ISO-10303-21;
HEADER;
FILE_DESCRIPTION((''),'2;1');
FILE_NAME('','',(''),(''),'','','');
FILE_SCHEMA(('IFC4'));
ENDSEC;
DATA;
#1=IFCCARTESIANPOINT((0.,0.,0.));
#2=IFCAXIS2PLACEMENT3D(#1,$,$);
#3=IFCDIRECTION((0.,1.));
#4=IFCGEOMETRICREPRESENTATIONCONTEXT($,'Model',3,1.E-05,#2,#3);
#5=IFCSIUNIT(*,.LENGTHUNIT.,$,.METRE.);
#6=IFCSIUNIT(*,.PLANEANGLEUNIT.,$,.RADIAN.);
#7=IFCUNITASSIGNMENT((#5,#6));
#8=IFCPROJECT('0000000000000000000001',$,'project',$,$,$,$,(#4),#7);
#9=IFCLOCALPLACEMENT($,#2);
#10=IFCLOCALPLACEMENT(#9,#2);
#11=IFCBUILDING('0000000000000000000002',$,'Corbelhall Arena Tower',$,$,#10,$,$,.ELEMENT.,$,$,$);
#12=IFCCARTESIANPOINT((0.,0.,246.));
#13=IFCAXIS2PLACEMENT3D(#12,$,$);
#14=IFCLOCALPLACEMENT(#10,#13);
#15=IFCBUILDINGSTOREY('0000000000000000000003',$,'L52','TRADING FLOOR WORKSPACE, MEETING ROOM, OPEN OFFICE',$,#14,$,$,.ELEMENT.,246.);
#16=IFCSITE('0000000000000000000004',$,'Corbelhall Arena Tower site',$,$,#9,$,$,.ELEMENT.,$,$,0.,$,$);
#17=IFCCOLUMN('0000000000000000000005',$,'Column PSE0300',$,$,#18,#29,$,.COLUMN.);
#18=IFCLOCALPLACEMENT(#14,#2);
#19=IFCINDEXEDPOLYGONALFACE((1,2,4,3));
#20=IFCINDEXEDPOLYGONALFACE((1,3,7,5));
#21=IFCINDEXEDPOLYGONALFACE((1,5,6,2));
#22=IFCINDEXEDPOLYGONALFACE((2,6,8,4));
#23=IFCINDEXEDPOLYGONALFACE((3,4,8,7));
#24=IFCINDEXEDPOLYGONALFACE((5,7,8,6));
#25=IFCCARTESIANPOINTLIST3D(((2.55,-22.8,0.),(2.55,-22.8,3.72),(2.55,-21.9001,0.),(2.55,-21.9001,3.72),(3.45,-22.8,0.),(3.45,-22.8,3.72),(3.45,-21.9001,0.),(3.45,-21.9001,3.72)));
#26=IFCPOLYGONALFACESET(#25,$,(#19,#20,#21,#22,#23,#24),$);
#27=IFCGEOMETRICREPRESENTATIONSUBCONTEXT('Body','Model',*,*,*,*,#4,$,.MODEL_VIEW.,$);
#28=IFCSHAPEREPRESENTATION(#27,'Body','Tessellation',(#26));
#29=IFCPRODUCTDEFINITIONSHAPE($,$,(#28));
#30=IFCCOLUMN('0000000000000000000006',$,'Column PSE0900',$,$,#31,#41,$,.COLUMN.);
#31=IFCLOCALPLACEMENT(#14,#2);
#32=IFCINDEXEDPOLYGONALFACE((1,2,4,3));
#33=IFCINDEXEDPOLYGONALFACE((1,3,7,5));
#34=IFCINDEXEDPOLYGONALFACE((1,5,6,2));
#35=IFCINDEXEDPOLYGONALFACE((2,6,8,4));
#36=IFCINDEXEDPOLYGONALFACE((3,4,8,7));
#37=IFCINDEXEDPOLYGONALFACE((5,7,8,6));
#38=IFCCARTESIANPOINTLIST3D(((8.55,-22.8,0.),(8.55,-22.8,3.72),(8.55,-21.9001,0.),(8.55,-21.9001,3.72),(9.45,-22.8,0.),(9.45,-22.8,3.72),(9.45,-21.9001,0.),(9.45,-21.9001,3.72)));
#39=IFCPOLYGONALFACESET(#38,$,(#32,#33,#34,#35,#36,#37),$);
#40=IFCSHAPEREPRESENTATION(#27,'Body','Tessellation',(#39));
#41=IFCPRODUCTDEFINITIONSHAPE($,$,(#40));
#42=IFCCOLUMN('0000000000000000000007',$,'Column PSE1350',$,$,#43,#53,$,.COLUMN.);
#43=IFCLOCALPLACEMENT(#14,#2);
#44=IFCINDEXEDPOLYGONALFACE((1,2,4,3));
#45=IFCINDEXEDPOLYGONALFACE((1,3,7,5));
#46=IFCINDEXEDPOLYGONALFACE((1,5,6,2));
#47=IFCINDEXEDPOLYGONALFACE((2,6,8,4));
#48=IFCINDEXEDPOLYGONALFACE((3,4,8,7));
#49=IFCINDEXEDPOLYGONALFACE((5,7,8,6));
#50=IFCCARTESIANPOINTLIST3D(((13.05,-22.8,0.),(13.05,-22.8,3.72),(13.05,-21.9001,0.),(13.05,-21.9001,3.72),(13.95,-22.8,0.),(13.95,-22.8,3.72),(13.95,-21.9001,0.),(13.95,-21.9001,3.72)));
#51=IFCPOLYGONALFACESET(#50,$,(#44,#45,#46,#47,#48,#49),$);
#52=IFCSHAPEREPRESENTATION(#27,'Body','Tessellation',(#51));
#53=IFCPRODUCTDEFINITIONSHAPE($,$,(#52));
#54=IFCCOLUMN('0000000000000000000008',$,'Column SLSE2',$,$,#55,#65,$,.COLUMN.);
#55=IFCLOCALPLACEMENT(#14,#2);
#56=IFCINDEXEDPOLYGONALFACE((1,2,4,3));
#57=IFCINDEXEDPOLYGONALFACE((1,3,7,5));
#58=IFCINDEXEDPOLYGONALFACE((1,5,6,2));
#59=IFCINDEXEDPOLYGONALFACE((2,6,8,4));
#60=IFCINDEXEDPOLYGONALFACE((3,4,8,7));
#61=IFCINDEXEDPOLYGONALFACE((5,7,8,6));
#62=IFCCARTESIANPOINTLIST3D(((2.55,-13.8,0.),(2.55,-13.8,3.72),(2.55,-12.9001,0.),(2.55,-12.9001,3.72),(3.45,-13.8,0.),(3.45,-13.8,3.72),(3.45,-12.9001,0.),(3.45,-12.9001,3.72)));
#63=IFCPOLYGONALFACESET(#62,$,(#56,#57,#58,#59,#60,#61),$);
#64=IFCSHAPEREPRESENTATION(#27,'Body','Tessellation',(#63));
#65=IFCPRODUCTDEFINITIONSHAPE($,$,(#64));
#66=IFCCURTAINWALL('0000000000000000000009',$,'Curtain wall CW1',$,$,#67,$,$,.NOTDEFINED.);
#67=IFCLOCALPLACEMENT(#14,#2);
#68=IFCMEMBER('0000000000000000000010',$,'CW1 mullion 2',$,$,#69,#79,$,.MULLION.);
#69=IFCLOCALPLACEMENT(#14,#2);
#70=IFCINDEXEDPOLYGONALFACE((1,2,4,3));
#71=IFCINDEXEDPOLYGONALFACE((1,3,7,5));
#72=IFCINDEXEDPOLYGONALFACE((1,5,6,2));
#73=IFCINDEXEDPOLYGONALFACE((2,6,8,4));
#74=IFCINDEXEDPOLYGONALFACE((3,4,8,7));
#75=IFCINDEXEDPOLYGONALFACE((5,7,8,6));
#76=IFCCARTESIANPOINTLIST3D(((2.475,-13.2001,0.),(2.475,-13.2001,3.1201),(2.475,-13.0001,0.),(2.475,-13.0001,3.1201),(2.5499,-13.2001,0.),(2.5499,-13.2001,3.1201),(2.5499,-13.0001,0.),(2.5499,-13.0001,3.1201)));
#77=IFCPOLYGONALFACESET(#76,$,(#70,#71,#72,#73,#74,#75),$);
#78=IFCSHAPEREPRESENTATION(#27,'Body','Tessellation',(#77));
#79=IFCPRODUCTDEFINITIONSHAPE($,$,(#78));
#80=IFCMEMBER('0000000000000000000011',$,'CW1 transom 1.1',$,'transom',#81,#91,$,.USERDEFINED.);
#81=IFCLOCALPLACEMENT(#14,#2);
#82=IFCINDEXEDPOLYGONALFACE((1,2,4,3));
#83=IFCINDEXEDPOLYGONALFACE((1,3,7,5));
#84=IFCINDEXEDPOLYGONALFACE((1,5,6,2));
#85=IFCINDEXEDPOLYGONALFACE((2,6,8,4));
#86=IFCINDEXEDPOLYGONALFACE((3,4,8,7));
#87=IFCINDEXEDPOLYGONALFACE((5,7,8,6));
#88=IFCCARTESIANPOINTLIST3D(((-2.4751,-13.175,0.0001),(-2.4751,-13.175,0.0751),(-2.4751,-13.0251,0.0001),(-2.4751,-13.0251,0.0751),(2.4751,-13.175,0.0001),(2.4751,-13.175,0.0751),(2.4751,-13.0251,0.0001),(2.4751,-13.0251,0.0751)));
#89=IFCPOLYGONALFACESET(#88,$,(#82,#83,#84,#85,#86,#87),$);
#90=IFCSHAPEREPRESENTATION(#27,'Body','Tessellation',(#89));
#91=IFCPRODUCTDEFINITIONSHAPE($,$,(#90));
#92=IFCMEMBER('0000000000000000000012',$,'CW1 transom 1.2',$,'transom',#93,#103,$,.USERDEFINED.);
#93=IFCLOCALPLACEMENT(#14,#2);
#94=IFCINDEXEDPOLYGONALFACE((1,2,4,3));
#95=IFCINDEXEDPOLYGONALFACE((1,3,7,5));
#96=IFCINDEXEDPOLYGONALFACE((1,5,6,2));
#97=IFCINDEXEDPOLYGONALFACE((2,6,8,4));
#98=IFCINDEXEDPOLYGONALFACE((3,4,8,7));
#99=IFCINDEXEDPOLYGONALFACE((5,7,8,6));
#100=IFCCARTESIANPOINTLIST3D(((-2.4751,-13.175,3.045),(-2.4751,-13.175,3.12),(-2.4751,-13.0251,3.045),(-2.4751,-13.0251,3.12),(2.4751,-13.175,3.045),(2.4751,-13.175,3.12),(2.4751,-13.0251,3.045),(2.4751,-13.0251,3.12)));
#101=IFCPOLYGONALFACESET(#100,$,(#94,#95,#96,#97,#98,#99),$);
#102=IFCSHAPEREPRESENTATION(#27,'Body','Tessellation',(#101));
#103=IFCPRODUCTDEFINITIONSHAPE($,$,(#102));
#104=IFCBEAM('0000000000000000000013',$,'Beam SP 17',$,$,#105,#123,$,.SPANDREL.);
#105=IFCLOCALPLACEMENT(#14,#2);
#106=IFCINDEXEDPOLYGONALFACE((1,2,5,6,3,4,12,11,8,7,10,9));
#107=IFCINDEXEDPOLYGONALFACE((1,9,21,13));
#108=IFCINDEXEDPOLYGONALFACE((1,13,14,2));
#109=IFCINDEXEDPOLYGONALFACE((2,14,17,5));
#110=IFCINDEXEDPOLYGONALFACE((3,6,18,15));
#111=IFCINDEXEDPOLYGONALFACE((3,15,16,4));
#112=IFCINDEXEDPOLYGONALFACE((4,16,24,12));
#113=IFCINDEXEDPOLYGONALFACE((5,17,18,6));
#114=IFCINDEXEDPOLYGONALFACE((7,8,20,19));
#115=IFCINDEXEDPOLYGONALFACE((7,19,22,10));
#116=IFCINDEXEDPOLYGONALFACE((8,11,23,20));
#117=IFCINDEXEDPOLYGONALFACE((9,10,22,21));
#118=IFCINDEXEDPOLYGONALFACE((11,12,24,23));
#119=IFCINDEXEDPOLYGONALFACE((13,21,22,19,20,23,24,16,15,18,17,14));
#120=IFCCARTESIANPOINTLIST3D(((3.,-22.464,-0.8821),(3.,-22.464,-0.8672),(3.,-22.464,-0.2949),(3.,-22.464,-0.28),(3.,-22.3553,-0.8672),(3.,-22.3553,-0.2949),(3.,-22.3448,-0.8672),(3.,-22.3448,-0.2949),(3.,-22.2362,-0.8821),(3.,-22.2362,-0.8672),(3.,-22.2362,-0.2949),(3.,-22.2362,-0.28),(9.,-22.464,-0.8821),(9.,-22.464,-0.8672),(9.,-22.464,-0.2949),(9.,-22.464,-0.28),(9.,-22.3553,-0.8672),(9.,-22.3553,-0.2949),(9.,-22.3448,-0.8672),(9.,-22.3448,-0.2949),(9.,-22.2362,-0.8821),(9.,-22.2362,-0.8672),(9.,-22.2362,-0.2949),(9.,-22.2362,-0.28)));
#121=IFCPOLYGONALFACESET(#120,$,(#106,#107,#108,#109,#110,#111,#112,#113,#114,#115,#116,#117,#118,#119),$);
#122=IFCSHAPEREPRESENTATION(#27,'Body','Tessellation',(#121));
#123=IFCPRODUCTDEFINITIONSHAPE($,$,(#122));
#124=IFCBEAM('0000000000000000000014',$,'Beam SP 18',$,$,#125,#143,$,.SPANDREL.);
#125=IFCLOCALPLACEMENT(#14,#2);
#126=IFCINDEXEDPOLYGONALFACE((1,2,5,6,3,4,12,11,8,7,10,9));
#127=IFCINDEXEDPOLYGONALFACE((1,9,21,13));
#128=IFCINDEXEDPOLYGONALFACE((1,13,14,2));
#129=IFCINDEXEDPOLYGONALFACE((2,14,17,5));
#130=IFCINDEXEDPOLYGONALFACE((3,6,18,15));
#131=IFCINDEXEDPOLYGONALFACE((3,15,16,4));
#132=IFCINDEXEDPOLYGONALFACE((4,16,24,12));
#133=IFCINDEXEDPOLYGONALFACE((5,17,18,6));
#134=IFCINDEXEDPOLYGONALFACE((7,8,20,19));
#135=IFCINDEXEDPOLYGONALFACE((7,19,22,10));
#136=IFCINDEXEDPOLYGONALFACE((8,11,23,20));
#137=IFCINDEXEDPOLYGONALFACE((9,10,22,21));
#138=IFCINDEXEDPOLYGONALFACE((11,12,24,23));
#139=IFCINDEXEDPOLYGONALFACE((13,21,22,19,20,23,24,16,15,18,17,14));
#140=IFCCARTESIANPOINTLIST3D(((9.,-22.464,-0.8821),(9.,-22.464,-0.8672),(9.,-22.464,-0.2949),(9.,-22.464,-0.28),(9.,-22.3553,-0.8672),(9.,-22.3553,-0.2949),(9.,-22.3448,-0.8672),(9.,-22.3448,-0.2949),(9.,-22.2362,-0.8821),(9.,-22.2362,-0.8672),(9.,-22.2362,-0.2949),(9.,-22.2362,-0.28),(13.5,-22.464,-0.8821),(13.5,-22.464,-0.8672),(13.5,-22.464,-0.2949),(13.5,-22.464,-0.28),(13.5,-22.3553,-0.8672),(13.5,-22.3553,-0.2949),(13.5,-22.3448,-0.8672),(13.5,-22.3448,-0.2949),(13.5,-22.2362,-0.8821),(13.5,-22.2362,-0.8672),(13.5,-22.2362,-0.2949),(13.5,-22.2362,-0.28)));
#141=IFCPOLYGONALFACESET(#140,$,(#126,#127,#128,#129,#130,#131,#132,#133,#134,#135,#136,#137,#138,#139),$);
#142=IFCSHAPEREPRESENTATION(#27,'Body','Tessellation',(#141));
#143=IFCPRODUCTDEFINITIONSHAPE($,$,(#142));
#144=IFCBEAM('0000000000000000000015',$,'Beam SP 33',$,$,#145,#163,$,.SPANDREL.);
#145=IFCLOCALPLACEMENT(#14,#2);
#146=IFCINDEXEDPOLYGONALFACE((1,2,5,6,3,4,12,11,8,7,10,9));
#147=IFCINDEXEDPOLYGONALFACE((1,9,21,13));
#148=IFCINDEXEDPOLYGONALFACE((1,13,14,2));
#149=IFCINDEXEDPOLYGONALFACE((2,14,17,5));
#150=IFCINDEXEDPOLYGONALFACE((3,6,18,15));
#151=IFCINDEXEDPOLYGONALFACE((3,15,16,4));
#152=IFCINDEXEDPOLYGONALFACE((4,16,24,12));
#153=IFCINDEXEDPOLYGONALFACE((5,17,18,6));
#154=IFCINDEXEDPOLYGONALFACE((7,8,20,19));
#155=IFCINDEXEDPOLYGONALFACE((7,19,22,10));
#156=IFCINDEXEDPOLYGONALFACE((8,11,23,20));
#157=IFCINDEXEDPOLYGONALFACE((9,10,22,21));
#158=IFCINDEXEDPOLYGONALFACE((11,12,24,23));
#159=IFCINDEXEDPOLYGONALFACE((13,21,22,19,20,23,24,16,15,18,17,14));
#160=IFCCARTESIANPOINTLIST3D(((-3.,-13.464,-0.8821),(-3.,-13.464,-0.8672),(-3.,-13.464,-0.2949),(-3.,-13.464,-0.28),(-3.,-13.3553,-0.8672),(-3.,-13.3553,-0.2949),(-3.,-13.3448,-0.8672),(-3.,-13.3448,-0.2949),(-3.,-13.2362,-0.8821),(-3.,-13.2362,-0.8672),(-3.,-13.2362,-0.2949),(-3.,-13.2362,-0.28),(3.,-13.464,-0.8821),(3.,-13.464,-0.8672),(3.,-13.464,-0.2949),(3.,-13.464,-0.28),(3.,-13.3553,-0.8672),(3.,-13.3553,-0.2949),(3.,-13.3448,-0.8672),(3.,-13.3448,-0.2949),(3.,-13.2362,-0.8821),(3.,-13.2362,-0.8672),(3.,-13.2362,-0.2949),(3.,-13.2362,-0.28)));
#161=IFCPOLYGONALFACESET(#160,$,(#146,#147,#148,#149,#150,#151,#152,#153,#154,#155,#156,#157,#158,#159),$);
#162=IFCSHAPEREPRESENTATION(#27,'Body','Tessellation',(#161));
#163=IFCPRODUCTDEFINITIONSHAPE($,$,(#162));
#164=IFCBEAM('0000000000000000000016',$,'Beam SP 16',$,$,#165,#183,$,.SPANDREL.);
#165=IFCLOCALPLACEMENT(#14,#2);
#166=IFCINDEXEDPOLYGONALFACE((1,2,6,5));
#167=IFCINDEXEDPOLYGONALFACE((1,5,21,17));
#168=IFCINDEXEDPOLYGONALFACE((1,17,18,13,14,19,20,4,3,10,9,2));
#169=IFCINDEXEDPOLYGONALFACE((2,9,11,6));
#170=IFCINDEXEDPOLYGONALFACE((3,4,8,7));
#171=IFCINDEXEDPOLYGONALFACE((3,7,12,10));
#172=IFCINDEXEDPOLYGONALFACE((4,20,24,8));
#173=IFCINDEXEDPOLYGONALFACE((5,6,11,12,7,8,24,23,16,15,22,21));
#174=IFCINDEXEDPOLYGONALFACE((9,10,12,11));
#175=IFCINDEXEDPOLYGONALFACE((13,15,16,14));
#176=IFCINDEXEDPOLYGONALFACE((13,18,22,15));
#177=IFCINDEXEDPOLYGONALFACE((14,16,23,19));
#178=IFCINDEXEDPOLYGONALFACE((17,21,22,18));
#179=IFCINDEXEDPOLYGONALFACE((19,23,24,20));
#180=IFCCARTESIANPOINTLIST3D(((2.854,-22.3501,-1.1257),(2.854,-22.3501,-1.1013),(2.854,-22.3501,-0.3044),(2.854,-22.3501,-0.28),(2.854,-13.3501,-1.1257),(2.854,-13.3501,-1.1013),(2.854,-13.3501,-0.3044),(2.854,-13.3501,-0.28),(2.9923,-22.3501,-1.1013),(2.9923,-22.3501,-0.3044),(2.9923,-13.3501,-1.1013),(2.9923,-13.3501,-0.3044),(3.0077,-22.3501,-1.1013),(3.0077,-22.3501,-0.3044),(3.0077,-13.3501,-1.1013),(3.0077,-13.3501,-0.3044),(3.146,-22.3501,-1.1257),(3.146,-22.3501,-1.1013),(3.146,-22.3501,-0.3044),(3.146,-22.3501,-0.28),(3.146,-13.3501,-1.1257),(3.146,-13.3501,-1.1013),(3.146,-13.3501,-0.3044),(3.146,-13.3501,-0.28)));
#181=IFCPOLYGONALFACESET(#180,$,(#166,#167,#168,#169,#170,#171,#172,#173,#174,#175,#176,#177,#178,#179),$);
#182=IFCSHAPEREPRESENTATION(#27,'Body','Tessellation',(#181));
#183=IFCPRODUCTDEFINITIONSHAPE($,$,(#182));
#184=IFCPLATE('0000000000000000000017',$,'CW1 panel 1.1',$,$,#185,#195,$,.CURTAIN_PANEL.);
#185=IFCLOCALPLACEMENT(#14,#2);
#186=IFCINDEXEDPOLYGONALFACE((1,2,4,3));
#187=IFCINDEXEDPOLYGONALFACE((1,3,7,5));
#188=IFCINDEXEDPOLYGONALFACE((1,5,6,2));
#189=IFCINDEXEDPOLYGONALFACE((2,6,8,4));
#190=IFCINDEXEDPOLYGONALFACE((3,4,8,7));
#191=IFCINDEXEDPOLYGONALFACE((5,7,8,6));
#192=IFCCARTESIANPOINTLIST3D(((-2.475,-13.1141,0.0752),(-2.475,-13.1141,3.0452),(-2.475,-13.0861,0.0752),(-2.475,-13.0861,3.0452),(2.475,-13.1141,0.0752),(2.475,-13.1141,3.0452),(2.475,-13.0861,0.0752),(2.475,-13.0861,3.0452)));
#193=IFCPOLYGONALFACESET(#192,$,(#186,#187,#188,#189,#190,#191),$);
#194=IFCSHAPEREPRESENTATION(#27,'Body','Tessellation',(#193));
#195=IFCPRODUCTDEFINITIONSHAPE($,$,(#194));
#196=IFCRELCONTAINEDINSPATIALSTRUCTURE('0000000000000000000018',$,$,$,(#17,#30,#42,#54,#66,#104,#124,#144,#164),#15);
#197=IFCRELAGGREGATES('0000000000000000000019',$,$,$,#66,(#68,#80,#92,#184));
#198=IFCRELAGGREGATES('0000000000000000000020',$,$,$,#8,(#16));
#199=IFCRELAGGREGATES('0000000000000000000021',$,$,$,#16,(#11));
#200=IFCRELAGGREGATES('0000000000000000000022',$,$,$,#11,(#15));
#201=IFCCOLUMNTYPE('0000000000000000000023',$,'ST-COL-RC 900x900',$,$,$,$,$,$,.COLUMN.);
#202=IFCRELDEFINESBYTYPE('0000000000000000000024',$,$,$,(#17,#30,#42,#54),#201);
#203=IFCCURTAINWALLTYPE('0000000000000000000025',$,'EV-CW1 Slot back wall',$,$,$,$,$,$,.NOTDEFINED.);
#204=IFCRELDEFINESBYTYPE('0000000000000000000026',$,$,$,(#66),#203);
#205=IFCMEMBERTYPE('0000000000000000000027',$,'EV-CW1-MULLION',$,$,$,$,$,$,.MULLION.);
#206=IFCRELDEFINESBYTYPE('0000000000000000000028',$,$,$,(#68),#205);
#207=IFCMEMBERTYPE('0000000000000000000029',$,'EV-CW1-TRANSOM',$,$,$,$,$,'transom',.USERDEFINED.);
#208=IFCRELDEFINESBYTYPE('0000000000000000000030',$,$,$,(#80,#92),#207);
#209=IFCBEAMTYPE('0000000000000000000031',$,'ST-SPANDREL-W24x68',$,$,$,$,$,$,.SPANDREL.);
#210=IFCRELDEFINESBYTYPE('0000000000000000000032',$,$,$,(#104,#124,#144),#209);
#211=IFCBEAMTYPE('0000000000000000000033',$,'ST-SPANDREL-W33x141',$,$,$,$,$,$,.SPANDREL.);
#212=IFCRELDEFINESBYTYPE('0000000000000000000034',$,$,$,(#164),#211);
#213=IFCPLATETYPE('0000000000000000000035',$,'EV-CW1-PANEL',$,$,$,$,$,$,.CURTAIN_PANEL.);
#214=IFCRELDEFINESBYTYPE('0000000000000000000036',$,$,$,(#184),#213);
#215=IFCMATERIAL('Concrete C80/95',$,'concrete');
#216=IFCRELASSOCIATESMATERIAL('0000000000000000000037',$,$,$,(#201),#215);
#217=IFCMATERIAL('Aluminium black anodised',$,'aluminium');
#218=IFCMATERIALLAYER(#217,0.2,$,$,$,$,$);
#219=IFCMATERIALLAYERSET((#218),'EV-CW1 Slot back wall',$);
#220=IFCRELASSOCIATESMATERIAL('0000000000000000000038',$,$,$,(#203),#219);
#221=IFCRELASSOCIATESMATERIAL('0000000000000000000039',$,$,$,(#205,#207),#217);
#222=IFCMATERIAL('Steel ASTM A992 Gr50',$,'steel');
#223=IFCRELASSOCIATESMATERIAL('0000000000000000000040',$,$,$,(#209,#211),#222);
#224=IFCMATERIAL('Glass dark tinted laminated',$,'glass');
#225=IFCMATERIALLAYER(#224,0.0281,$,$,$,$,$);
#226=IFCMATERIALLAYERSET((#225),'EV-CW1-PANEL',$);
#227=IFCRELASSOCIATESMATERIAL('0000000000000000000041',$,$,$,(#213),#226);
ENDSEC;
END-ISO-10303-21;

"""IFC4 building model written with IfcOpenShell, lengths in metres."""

from ifc_helpers import new_model, si_unit, direction, frame, origin, origin_2d, place, context, subcontext, project, spatial, rectangle, i_section, extrude, material, layer, layer_set, material_profile, profile_set, type_object, element, aggregate, save


model = new_model("IFC4")

# Units and contexts
model_context = context("Model", 3, precision=1e-05, world=origin(), true_north=direction((0.0, 1.0)))
body_context = subcontext(model_context, "Body", "Model", "MODEL_VIEW")
ifc_project = project(units=[si_unit("LENGTHUNIT", "METRE"), si_unit("PLANEANGLEUNIT", "RADIAN")], contexts=[model_context])

# Site, building, storey
site_placement = place(None, origin())
site = spatial("IfcSite", under=ifc_project, at=site_placement, Name="Corbelhall Arena Tower site", CompositionType="ELEMENT", RefElevation=0.0)
building_placement = place(site_placement, origin())
building = spatial("IfcBuilding", under=site, at=building_placement, Name="Corbelhall Arena Tower", CompositionType="ELEMENT")
storey_placement = place(building_placement, frame((0.0, 0.0, 246.0)))
storey = spatial("IfcBuildingStorey", under=building, at=storey_placement, Name="L52", Description="TRADING FLOOR WORKSPACE, MEETING ROOM, OPEN OFFICE", CompositionType="ELEMENT", Elevation=246.0)

# Columns
ifc_material_1 = material(Name="Concrete C80/95", Category="concrete")
ifc_material_profile_1 = material_profile(ifc_material_1, rectangle(XDim=0.8999, YDim=0.8999, at=origin_2d()))
ifc_profile_set_1 = profile_set([ifc_material_profile_1], Name="Concrete C80/95")
column_type = type_object("IfcColumnType", Name="ST-COL-RC 900x900", PredefinedType="COLUMN", material=ifc_profile_set_1)
for number, where, z_axis, x_axis, name in (
    (1, (3.0, -22.3501, 0.0), (0.0, 0.0, 1.0), (1.0, 0.0, 0.0), "Column PSE0300"),
    (2, (9.0, -22.3501, 0.0), (0.0, 0.0, 1.0), (1.0, 0.0, 0.0), "Column PSE0900"),
    (3, (13.5, -22.3501, 0.0), (0.0, 0.0, 1.0), (1.0, 0.0, 0.0), "Column PSE1350"),
    (4, (3.0, -13.3501, 0.0), (0.0, 0.0, 1.0), (1.0, 0.0, 0.0), "Column SLSE2"),
):
    element("IfcColumn", number, at=place(storey_placement, frame(where, z_axis=z_axis, x_axis=x_axis)), inside=storey, type_object=column_type, Name=name, PredefinedType="COLUMN", context=body_context, shape_type="SweptSolid", body=[
        extrude(rectangle(XDim=0.8999, YDim=0.8999, at=origin_2d()), origin(), (0.0, 0.0, 1.0), 3.72),
    ])

# Curtain wall, members
ifc_material_2 = material(Name="Aluminium black anodised", Category="aluminium")
ifc_layer_1 = layer(ifc_material_2, 0.2)
ifc_layer_set_1 = layer_set([ifc_layer_1], Name="EV-CW1 Slot back wall")
curtain_wall_type = type_object("IfcCurtainWallType", Name="EV-CW1 Slot back wall", PredefinedType="NOTDEFINED", material=ifc_layer_set_1)
curtain_wall_placement = place(storey_placement, origin())
curtain_wall = element("IfcCurtainWall", 5, at=curtain_wall_placement, inside=storey, type_object=curtain_wall_type, Name="Curtain wall CW1", PredefinedType="NOTDEFINED")
ifc_material_profile_2 = material_profile(ifc_material_2, rectangle(XDim=0.2, YDim=0.075, at=origin_2d()))
ifc_profile_set_2 = profile_set([ifc_material_profile_2], Name="Aluminium black anodised")
member_type_1 = type_object("IfcMemberType", Name="EV-CW1-MULLION", PredefinedType="MULLION", material=ifc_profile_set_2)
member_1_placement = place(storey_placement, frame((2.5125, -13.1001, 0.0), z_axis=(0.0, 0.0, 1.0), x_axis=(0.0, 1.0, 0.0)))
member_1 = element("IfcMember", 6, at=member_1_placement, type_object=member_type_1, Name="CW1 mullion 2", PredefinedType="MULLION", context=body_context, shape_type="SweptSolid", body=[
    extrude(rectangle(XDim=0.2, YDim=0.075, at=origin_2d()), origin(), (0.0, 0.0, 1.0), 3.1201),
])
ifc_material_profile_3 = material_profile(ifc_material_2, rectangle(XDim=0.1499, YDim=0.075, at=origin_2d()))
ifc_profile_set_3 = profile_set([ifc_material_profile_3], Name="Aluminium black anodised")
member_type_2 = type_object("IfcMemberType", Name="EV-CW1-TRANSOM", ElementType="transom", PredefinedType="USERDEFINED", material=ifc_profile_set_3)
member_2_placement = place(storey_placement, frame((-2.4751, -13.1001, 0.0376), z_axis=(1.0, 0.0, 0.0), x_axis=(0.0, 1.0, 0.0)))
member_2 = element("IfcMember", 7, at=member_2_placement, type_object=member_type_2, Name="CW1 transom 1.1", ObjectType="transom", PredefinedType="USERDEFINED", context=body_context, shape_type="SweptSolid", body=[
    extrude(rectangle(XDim=0.1499, YDim=0.075, at=origin_2d()), origin(), (0.0, 0.0, 1.0), 4.9502),
])
member_3_placement = place(storey_placement, frame((-2.4751, -13.1001, 3.0825), z_axis=(1.0, 0.0, 0.0), x_axis=(0.0, 1.0, 0.0)))
member_3 = element("IfcMember", 8, at=member_3_placement, type_object=member_type_2, Name="CW1 transom 1.2", ObjectType="transom", PredefinedType="USERDEFINED", context=body_context, shape_type="SweptSolid", body=[
    extrude(rectangle(XDim=0.1499, YDim=0.075, at=origin_2d()), origin(), (0.0, 0.0, 1.0), 4.9502),
])

# Beams
ifc_material_3 = material(Name="Steel ASTM A992 Gr50", Category="steel")
ifc_material_profile_4 = material_profile(ifc_material_3, i_section(OverallWidth=0.2278, OverallDepth=0.6021, WebThickness=0.0105, FlangeThickness=0.0149, at=origin_2d()))
ifc_profile_set_4 = profile_set([ifc_material_profile_4], Name="Steel ASTM A992 Gr50")
beam_type_1 = type_object("IfcBeamType", Name="ST-SPANDREL-W24x68", PredefinedType="SPANDREL", material=ifc_profile_set_4)
beam_1_placement = place(storey_placement, frame((9.0, -22.3501, -0.5811), z_axis=(-1.0, 0.0, 0.0), x_axis=(0.0, -1.0, 0.0)))
element("IfcBeam", 9, at=beam_1_placement, inside=storey, type_object=beam_type_1, Name="Beam SP 17", PredefinedType="SPANDREL", context=body_context, shape_type="SweptSolid", body=[
    extrude(i_section(OverallWidth=0.2278, OverallDepth=0.6021, WebThickness=0.0105, FlangeThickness=0.0149, at=origin_2d()), origin(), (0.0, 0.0, 1.0), 6.0),
])
beam_2_placement = place(storey_placement, frame((13.5, -22.3501, -0.5811), z_axis=(-1.0, 0.0, 0.0), x_axis=(0.0, -1.0, 0.0)))
element("IfcBeam", 10, at=beam_2_placement, inside=storey, type_object=beam_type_1, Name="Beam SP 18", PredefinedType="SPANDREL", context=body_context, shape_type="SweptSolid", body=[
    extrude(i_section(OverallWidth=0.2278, OverallDepth=0.6021, WebThickness=0.0105, FlangeThickness=0.0149, at=origin_2d()), origin(), (0.0, 0.0, 1.0), 4.5),
])
beam_3_placement = place(storey_placement, frame((3.0, -13.3501, -0.5811), z_axis=(-1.0, 0.0, 0.0), x_axis=(0.0, -1.0, 0.0)))
element("IfcBeam", 11, at=beam_3_placement, inside=storey, type_object=beam_type_1, Name="Beam SP 33", PredefinedType="SPANDREL", context=body_context, shape_type="SweptSolid", body=[
    extrude(i_section(OverallWidth=0.2278, OverallDepth=0.6021, WebThickness=0.0105, FlangeThickness=0.0149, at=origin_2d()), origin(), (0.0, 0.0, 1.0), 6.0),
])
ifc_material_profile_5 = material_profile(ifc_material_3, i_section(OverallWidth=0.292, OverallDepth=0.8457, WebThickness=0.0154, FlangeThickness=0.0244, at=origin_2d()))
ifc_profile_set_5 = profile_set([ifc_material_profile_5], Name="Steel ASTM A992 Gr50")
beam_type_2 = type_object("IfcBeamType", Name="ST-SPANDREL-W33x141", PredefinedType="SPANDREL", material=ifc_profile_set_5)
beam_4_placement = place(storey_placement, frame((3.0, -22.3501, -0.7029), z_axis=(0.0, 1.0, 0.0), x_axis=(-1.0, 0.0, 0.0)))
element("IfcBeam", 12, at=beam_4_placement, inside=storey, type_object=beam_type_2, Name="Beam SP 16", PredefinedType="SPANDREL", context=body_context, shape_type="SweptSolid", body=[
    extrude(i_section(OverallWidth=0.292, OverallDepth=0.8457, WebThickness=0.0154, FlangeThickness=0.0244, at=origin_2d()), origin(), (0.0, 0.0, 1.0), 9.0),
])

# Plate
ifc_material_4 = material(Name="Glass dark tinted laminated", Category="glass")
ifc_layer_2 = layer(ifc_material_4, 0.0281)
ifc_layer_set_2 = layer_set([ifc_layer_2], Name="EV-CW1-PANEL")
plate_type = type_object("IfcPlateType", Name="EV-CW1-PANEL", PredefinedType="CURTAIN_PANEL", material=ifc_layer_set_2)
plate_placement = place(storey_placement, frame((0.0, -13.1001, 0.0752), z_axis=(0.0, 0.0, 1.0), x_axis=(1.0, 0.0, 0.0)))
plate = element("IfcPlate", 13, at=plate_placement, type_object=plate_type, Name="CW1 panel 1.1", PredefinedType="CURTAIN_PANEL", context=body_context, shape_type="SweptSolid", body=[
    extrude(rectangle(XDim=4.95, YDim=0.0281, at=origin_2d()), origin(), (0.0, 0.0, 1.0), 2.97),
])
aggregate(curtain_wall, [member_1, member_2, member_3, plate])

save(model, "model.ifc")
